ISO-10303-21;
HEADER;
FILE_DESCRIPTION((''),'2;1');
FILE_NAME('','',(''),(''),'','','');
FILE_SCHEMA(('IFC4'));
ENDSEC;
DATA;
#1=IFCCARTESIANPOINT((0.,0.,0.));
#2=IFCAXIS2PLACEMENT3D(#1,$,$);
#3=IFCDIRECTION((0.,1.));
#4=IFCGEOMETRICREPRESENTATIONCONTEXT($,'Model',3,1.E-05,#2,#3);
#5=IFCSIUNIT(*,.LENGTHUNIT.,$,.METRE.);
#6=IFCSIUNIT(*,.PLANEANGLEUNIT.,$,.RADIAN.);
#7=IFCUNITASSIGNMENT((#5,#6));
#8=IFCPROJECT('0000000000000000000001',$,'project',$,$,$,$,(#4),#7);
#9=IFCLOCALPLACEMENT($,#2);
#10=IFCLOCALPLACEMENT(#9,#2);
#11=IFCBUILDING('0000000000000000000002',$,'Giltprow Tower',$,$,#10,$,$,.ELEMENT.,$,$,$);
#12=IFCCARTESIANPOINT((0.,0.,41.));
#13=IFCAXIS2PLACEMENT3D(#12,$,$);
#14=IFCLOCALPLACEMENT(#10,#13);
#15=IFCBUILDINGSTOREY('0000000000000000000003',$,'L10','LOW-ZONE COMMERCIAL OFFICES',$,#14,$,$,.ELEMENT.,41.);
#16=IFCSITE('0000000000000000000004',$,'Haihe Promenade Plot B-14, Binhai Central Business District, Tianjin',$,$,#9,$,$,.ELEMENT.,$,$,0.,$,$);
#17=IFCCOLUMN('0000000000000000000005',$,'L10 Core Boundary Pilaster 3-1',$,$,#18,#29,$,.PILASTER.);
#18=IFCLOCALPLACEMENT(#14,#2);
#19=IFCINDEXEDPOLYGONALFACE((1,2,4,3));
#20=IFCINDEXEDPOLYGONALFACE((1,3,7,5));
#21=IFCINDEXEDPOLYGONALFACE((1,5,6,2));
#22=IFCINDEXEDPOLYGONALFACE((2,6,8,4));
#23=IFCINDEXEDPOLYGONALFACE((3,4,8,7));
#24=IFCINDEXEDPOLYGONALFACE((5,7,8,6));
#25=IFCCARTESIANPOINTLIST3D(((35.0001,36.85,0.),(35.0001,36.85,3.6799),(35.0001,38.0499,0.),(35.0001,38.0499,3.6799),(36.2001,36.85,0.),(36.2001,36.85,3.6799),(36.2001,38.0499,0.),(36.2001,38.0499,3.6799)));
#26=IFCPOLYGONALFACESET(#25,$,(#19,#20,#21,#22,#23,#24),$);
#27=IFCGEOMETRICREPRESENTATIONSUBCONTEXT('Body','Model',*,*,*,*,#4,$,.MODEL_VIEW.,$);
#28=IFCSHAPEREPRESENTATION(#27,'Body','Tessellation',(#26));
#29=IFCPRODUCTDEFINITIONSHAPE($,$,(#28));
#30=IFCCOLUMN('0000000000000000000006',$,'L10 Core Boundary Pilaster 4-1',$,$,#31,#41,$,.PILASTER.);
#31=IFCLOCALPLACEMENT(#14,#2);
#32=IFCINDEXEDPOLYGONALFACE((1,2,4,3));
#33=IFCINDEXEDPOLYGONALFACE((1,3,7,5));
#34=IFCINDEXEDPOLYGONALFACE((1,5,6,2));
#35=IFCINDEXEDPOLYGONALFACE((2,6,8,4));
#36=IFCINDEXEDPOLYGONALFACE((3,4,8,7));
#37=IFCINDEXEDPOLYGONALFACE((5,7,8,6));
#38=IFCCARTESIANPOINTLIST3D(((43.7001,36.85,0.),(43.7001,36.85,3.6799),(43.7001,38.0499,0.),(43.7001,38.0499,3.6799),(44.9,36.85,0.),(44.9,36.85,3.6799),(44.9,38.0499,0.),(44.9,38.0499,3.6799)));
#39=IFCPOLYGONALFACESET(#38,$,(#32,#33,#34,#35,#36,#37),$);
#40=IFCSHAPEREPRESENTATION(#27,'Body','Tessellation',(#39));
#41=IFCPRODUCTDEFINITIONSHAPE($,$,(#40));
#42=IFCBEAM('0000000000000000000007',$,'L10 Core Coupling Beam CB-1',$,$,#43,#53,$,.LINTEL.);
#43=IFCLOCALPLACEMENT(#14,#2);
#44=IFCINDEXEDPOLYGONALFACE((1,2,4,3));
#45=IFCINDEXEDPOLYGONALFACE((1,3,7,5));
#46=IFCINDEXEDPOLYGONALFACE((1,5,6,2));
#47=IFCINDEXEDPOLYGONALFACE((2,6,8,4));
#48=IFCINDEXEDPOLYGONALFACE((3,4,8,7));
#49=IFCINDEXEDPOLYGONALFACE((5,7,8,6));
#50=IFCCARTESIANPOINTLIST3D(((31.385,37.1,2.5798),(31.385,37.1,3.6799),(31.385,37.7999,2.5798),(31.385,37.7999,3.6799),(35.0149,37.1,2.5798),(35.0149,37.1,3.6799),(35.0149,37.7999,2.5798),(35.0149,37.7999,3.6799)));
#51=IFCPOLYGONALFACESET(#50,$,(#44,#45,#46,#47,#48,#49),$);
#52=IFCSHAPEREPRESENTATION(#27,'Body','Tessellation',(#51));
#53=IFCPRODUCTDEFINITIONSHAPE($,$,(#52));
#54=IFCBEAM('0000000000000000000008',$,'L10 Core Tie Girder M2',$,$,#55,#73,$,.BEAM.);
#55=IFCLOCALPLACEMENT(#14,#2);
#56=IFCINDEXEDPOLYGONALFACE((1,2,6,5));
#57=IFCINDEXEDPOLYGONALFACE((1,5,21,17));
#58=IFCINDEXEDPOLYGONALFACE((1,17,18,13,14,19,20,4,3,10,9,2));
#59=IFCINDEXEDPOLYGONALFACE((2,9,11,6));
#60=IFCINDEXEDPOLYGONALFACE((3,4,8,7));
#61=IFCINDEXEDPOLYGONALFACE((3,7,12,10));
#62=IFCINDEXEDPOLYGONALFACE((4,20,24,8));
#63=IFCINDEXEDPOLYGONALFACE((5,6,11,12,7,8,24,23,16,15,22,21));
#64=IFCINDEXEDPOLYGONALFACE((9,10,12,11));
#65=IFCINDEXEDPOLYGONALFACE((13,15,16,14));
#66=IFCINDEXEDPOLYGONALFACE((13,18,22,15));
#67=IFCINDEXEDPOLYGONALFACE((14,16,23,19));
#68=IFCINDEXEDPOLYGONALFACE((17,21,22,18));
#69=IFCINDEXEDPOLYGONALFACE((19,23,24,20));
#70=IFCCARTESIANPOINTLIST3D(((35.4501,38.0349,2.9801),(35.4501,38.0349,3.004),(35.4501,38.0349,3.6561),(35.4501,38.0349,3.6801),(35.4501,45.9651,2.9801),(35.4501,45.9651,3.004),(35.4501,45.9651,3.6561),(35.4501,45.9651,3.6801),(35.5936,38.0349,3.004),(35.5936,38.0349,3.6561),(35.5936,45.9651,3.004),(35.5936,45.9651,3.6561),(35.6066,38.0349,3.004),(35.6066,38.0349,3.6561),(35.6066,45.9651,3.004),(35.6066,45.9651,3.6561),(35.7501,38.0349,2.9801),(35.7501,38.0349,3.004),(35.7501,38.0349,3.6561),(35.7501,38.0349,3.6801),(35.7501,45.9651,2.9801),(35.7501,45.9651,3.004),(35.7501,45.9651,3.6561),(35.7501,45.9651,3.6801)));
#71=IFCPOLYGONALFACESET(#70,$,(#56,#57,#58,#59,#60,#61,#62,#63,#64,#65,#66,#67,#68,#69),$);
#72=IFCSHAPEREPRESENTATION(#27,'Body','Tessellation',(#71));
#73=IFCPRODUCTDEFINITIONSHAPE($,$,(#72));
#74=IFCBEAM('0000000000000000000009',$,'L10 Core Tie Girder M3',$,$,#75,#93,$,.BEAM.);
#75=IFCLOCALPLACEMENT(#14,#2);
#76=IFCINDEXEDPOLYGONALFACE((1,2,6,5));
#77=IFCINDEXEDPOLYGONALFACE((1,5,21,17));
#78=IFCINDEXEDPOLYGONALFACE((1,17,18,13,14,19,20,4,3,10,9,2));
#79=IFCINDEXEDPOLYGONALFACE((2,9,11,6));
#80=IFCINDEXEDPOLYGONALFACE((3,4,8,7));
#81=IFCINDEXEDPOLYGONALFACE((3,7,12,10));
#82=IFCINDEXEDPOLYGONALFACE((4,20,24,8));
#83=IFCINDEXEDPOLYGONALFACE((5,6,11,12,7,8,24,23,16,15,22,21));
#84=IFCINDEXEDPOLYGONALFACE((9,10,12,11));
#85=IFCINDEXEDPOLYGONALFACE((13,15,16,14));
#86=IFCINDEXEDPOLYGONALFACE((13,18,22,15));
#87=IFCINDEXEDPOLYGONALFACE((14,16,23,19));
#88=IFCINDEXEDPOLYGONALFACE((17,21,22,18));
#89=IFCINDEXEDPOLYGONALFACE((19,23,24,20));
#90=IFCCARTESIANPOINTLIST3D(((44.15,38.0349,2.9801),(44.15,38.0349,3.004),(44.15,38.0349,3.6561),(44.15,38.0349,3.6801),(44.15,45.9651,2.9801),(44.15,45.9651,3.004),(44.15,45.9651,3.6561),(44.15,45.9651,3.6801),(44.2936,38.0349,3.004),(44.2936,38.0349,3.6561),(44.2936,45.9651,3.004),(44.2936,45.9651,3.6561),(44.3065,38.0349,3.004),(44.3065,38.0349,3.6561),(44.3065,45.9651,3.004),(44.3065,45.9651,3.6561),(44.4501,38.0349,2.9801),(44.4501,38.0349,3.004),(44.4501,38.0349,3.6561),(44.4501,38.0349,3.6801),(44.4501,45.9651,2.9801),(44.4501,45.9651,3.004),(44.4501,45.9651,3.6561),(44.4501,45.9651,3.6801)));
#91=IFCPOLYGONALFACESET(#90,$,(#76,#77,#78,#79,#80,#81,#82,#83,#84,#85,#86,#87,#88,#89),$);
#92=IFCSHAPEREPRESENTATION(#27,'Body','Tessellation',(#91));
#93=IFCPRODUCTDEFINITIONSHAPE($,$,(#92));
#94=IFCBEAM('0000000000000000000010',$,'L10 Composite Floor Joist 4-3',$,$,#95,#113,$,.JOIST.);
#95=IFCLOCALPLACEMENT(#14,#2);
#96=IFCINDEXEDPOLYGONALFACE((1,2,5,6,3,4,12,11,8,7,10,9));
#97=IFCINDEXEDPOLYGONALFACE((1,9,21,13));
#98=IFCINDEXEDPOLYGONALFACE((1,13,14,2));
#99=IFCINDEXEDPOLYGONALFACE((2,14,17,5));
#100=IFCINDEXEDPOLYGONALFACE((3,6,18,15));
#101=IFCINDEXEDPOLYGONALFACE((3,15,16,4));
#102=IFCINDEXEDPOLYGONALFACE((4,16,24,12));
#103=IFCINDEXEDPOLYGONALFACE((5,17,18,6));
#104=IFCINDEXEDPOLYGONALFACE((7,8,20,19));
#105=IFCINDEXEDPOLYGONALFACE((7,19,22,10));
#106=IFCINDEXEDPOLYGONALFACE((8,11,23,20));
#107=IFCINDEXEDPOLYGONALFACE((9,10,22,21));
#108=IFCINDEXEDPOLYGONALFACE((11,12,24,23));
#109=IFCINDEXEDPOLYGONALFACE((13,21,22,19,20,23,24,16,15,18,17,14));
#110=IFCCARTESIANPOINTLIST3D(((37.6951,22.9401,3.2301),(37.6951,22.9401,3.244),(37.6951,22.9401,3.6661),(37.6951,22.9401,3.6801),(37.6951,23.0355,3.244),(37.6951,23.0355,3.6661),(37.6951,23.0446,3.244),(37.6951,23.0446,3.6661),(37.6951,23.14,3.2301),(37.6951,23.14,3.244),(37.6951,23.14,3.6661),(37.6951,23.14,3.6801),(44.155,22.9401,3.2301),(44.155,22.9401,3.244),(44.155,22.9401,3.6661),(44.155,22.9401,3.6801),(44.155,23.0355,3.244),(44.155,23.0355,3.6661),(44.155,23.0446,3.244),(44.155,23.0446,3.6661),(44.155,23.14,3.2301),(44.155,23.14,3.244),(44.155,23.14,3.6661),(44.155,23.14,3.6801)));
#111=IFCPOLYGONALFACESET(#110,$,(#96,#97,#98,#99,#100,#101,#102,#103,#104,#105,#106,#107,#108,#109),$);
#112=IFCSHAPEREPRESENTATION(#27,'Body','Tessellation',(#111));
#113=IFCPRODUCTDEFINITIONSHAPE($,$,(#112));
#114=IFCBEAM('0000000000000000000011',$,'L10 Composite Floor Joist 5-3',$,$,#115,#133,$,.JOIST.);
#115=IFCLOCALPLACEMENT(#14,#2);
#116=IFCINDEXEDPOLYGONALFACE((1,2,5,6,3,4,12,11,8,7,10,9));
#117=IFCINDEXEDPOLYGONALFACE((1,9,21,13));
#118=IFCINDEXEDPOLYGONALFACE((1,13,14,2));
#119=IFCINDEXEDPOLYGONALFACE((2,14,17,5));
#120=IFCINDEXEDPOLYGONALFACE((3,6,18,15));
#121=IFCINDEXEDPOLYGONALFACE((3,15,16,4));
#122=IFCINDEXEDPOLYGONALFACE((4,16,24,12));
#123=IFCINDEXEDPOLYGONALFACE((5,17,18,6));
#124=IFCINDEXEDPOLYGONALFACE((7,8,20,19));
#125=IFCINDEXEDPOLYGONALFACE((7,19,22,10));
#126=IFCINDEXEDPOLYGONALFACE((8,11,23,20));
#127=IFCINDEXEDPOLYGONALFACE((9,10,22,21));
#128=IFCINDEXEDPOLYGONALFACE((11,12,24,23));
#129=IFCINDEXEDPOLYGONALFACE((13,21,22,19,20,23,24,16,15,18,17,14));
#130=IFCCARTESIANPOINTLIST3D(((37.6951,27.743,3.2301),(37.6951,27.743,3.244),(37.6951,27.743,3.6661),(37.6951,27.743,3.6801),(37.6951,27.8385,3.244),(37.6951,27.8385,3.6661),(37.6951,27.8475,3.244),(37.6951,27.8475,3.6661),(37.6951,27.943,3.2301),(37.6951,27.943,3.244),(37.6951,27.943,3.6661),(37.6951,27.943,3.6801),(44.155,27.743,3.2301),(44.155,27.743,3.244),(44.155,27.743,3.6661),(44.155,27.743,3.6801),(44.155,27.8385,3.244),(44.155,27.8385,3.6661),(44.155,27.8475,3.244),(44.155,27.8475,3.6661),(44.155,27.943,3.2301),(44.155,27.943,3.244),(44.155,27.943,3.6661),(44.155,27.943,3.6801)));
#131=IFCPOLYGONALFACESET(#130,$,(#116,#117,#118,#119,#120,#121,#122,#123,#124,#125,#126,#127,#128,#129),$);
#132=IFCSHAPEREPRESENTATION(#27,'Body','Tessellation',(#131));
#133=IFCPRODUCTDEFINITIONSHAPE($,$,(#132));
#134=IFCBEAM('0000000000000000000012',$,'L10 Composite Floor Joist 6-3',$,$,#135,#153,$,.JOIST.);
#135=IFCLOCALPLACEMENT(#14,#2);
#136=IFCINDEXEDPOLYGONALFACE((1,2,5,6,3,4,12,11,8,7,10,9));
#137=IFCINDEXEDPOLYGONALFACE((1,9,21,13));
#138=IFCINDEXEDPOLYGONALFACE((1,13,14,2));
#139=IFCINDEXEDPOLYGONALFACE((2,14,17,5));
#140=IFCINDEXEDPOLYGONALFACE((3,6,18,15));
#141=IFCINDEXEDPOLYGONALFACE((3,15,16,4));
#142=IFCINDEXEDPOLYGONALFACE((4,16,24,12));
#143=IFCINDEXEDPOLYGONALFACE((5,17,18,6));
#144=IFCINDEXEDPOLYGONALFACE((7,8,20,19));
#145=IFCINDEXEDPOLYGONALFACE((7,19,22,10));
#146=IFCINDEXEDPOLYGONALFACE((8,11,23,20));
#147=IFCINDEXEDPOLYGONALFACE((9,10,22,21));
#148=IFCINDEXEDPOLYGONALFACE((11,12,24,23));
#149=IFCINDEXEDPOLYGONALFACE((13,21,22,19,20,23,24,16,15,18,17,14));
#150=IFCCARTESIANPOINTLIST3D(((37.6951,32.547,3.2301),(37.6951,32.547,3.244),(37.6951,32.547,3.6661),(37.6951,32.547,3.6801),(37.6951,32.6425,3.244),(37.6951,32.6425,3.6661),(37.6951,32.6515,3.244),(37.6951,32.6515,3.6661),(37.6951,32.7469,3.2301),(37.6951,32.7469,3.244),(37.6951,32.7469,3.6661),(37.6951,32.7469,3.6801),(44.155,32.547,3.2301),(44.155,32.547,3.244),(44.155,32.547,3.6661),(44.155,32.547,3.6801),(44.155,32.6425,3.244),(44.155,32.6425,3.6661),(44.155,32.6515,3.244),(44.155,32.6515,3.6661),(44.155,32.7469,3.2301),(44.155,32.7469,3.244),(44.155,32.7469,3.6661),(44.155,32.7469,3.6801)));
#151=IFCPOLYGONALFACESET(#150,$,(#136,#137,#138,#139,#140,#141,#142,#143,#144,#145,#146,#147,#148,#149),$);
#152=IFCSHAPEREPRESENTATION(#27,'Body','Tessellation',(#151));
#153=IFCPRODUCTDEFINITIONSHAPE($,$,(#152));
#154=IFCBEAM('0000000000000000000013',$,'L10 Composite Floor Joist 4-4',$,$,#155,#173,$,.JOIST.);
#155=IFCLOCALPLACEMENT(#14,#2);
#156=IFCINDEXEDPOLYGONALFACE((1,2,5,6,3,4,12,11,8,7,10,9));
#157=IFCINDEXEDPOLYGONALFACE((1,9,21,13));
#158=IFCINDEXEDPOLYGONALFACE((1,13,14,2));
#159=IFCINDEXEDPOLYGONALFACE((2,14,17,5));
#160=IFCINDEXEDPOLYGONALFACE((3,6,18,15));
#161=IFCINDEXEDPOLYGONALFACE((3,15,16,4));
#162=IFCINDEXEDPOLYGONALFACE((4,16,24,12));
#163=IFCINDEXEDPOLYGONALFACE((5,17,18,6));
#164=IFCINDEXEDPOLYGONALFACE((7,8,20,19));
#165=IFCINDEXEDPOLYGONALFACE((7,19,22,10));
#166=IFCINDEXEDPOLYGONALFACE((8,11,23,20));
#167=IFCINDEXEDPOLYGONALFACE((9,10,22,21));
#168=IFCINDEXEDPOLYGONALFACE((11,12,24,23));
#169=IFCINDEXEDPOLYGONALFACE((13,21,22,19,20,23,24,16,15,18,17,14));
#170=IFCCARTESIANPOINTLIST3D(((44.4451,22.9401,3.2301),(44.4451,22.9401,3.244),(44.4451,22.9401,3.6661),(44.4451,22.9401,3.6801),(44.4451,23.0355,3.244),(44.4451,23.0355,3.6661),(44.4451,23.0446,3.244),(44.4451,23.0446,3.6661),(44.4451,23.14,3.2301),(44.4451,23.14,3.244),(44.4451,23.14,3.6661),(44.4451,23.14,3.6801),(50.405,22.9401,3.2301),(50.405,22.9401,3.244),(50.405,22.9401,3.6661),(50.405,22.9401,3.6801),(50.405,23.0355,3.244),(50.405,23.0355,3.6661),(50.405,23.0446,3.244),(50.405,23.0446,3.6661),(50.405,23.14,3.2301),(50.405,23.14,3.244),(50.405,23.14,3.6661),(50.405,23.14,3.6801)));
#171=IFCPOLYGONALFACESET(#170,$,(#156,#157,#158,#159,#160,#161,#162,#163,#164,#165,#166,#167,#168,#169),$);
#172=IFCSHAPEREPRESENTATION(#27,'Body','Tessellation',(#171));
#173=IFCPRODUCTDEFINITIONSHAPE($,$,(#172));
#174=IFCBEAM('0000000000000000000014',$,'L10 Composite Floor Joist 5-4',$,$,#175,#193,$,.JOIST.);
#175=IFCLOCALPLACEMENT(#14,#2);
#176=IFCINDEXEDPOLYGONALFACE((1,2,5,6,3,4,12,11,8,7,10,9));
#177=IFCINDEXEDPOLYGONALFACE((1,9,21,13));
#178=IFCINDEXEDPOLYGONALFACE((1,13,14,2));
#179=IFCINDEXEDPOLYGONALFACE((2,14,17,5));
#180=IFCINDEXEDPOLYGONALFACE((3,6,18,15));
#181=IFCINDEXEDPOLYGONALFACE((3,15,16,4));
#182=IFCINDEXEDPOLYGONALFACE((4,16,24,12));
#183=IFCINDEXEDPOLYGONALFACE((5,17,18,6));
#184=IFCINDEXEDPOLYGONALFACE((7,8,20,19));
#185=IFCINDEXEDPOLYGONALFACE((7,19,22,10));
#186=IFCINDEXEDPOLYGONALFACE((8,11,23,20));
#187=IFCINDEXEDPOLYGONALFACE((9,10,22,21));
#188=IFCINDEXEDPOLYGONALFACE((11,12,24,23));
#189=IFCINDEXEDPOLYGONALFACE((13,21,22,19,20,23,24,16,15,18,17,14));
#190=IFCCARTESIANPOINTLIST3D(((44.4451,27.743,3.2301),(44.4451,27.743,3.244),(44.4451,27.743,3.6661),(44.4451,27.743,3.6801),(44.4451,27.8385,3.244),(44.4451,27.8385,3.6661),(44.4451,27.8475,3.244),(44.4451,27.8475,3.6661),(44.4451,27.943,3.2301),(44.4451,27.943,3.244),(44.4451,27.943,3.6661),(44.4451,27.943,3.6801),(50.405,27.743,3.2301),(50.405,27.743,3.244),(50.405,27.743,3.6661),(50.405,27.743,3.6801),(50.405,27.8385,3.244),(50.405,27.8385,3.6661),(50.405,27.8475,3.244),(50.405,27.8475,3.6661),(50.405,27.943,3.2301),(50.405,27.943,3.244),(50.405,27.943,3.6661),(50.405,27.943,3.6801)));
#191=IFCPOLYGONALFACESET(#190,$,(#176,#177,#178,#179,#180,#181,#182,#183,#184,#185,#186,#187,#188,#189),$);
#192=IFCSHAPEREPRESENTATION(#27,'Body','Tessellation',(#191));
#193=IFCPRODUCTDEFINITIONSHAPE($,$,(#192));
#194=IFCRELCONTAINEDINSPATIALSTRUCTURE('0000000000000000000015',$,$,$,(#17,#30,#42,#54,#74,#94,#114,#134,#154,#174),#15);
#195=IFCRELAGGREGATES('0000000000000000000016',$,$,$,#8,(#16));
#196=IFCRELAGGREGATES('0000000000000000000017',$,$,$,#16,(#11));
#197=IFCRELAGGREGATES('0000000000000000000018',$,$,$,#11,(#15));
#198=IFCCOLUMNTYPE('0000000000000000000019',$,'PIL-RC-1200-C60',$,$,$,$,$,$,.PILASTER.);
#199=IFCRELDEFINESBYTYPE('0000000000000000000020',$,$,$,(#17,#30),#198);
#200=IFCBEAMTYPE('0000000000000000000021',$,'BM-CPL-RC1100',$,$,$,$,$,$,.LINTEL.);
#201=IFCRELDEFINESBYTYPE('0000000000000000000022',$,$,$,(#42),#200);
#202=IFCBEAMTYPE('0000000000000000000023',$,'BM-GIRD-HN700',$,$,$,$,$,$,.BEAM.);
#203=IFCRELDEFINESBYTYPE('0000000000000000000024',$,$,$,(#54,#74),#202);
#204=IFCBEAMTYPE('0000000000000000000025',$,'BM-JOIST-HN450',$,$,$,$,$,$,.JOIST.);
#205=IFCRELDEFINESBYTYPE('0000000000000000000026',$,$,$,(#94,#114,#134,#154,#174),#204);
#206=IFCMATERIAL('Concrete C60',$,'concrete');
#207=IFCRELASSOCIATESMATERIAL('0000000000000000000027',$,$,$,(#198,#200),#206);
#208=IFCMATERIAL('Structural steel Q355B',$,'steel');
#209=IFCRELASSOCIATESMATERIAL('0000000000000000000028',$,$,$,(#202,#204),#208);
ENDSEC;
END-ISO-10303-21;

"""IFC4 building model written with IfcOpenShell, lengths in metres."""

from ifc_helpers import new_model, si_unit, direction, frame, origin, origin_2d, place, context, subcontext, project, spatial, rectangle, i_section, extrude, source, transform, mapped, material, material_profile, profile_set, type_object, element, save


model = new_model("IFC4")

# Units and contexts
model_context = context("Model", 3, precision=1e-05, world=origin(), true_north=direction((0.0, 1.0)))
body_context = subcontext(model_context, "Body", "Model", "MODEL_VIEW")
ifc_project = project(units=[si_unit("LENGTHUNIT", "METRE"), si_unit("PLANEANGLEUNIT", "RADIAN")], contexts=[model_context])

# Site, building, storey
site_placement = place(None, origin())
site = spatial("IfcSite", under=ifc_project, at=site_placement, Name="Haihe Promenade Plot B-14, Binhai Central Business District, Tianjin", CompositionType="ELEMENT", RefElevation=0.0)
building_placement = place(site_placement, origin())
building = spatial("IfcBuilding", under=site, at=building_placement, Name="Giltprow Tower", CompositionType="ELEMENT")
storey_placement = place(building_placement, frame((0.0, 0.0, 41.0)))
storey = spatial("IfcBuildingStorey", under=building, at=storey_placement, Name="L10", Description="LOW-ZONE COMMERCIAL OFFICES", CompositionType="ELEMENT", Elevation=41.0)

# Columns
ifc_material_1 = material(Name="Concrete C60", Category="concrete")
ifc_material_profile_1 = material_profile(ifc_material_1, rectangle(XDim=1.2, YDim=1.2, at=origin_2d()), Name="RC 1200x1200")
ifc_profile_set_1 = profile_set([ifc_material_profile_1], Name="Concrete C60")
column_type = type_object("IfcColumnType", Name="PIL-RC-1200-C60", PredefinedType="PILASTER", material=ifc_profile_set_1)
shared_shape_1 = source(origin(), body_context, "Body", "SweptSolid", [
    extrude(rectangle(XDim=1.2, YDim=1.2, at=origin_2d()), origin(), (0.0, 0.0, 1.0), 3.6799),
])
for number, where, z_axis, x_axis, name in (
    (1, (35.6001, 37.45, 0.0), (0.0, 0.0, 1.0), (1.0, 0.0, 0.0), "L10 Core Boundary Pilaster 3-1"),
    (2, (44.3, 37.45, 0.0), (0.0, 0.0, 1.0), (1.0, 0.0, 0.0), "L10 Core Boundary Pilaster 4-1"),
):
    element("IfcColumn", number, at=place(storey_placement, frame(where, z_axis=z_axis, x_axis=x_axis)), inside=storey, type_object=column_type, Name=name, PredefinedType="PILASTER", context=body_context, shape_type="MappedRepresentation", body=[
        mapped(shared_shape_1, transform((0.0, 0.0, 0.0), x_axis=(1.0, 0.0, 0.0), y_axis=(0.0, 1.0, 0.0), z_axis=(0.0, 0.0, 1.0), scale=1.0)),
    ])

# Beams
ifc_material_profile_2 = material_profile(ifc_material_1, rectangle(XDim=0.7, YDim=1.1001, at=origin_2d()), Name="RC 1100x700")
ifc_profile_set_2 = profile_set([ifc_material_profile_2], Name="Concrete C60")
beam_type_1 = type_object("IfcBeamType", Name="BM-CPL-RC1100", PredefinedType="LINTEL", material=ifc_profile_set_2)
shared_shape_2 = source(origin(), body_context, "Body", "SweptSolid", [
    extrude(rectangle(XDim=0.7, YDim=1.1001, at=origin_2d()), origin(), (0.0, 0.0, 1.0), 3.6299),
])
beam_placement = place(storey_placement, frame((31.385, 37.45, 3.1299), z_axis=(1.0, 0.0, 0.0), x_axis=(0.0, 1.0, 0.0)))
element("IfcBeam", 3, at=beam_placement, inside=storey, type_object=beam_type_1, Name="L10 Core Coupling Beam CB-1", PredefinedType="LINTEL", context=body_context, shape_type="MappedRepresentation", body=[
    mapped(shared_shape_2, transform((0.0, 0.0, 0.0), x_axis=(1.0, 0.0, 0.0), y_axis=(0.0, 1.0, 0.0), z_axis=(0.0, 0.0, 1.0), scale=1.0)),
])
ifc_material_2 = material(Name="Structural steel Q355B", Category="steel")
ifc_material_profile_3 = material_profile(ifc_material_2, i_section(OverallWidth=0.3, OverallDepth=0.7, WebThickness=0.0129, FlangeThickness=0.0239, at=origin_2d()), Name="HN 700x300x13x24")
ifc_profile_set_3 = profile_set([ifc_material_profile_3], Name="Structural steel Q355B")
beam_type_2 = type_object("IfcBeamType", Name="BM-GIRD-HN700", PredefinedType="BEAM", material=ifc_profile_set_3)
shared_shape_3 = source(origin(), body_context, "Body", "SweptSolid", [
    extrude(i_section(OverallWidth=0.3, OverallDepth=0.7, WebThickness=0.0129, FlangeThickness=0.0239, at=origin_2d()), origin(), (0.0, 0.0, 1.0), 7.9302),
])
for number, where, z_axis, x_axis, name in (
    (4, (35.6001, 38.0349, 3.3301), (0.0, 1.0, 0.0), (-1.0, 0.0, 0.0), "L10 Core Tie Girder M2"),
    (5, (44.3, 38.0349, 3.3301), (0.0, 1.0, 0.0), (-1.0, 0.0, 0.0), "L10 Core Tie Girder M3"),
):
    element("IfcBeam", number, at=place(storey_placement, frame(where, z_axis=z_axis, x_axis=x_axis)), inside=storey, type_object=beam_type_2, Name=name, PredefinedType="BEAM", context=body_context, shape_type="MappedRepresentation", body=[
        mapped(shared_shape_3, transform((0.0, 0.0, 0.0), x_axis=(1.0, 0.0, 0.0), y_axis=(0.0, 1.0, 0.0), z_axis=(0.0, 0.0, 1.0), scale=1.0)),
    ])
ifc_material_profile_4 = material_profile(ifc_material_2, i_section(OverallWidth=0.2, OverallDepth=0.45, WebThickness=0.009, FlangeThickness=0.0139, at=origin_2d()), Name="HN 450x200x9x14")
ifc_profile_set_4 = profile_set([ifc_material_profile_4], Name="Structural steel Q355B")
beam_type_3 = type_object("IfcBeamType", Name="BM-JOIST-HN450", PredefinedType="JOIST", material=ifc_profile_set_4)
shared_shape_4 = source(origin(), body_context, "Body", "SweptSolid", [
    extrude(i_section(OverallWidth=0.2, OverallDepth=0.45, WebThickness=0.009, FlangeThickness=0.0139, at=origin_2d()), origin(), (0.0, 0.0, 1.0), 6.46),
])
for number, where, z_axis, x_axis, name in (
    (6, (37.6951, 23.04, 3.4551), (1.0, 0.0, 0.0), (0.0, 1.0, 0.0), "L10 Composite Floor Joist 4-3"),
    (7, (37.6951, 27.843, 3.4551), (1.0, 0.0, 0.0), (0.0, 1.0, 0.0), "L10 Composite Floor Joist 5-3"),
    (8, (37.6951, 32.647, 3.4551), (1.0, 0.0, 0.0), (0.0, 1.0, 0.0), "L10 Composite Floor Joist 6-3"),
):
    element("IfcBeam", number, at=place(storey_placement, frame(where, z_axis=z_axis, x_axis=x_axis)), inside=storey, type_object=beam_type_3, Name=name, PredefinedType="JOIST", context=body_context, shape_type="MappedRepresentation", body=[
        mapped(shared_shape_4, transform((0.0, 0.0, 0.0), x_axis=(1.0, 0.0, 0.0), y_axis=(0.0, 1.0, 0.0), z_axis=(0.0, 0.0, 1.0), scale=1.0)),
    ])
shared_shape_5 = source(origin(), body_context, "Body", "SweptSolid", [
    extrude(i_section(OverallWidth=0.2, OverallDepth=0.45, WebThickness=0.009, FlangeThickness=0.0139, at=origin_2d()), origin(), (0.0, 0.0, 1.0), 5.96),
])
for number, where, z_axis, x_axis, name in (
    (9, (44.4451, 23.04, 3.4551), (1.0, 0.0, 0.0), (0.0, 1.0, 0.0), "L10 Composite Floor Joist 4-4"),
    (10, (44.4451, 27.843, 3.4551), (1.0, 0.0, 0.0), (0.0, 1.0, 0.0), "L10 Composite Floor Joist 5-4"),
):
    element("IfcBeam", number, at=place(storey_placement, frame(where, z_axis=z_axis, x_axis=x_axis)), inside=storey, type_object=beam_type_3, Name=name, PredefinedType="JOIST", context=body_context, shape_type="MappedRepresentation", body=[
        mapped(shared_shape_5, transform((0.0, 0.0, 0.0), x_axis=(1.0, 0.0, 0.0), y_axis=(0.0, 1.0, 0.0), z_axis=(0.0, 0.0, 1.0), scale=1.0)),
    ])

save(model, "model.ifc")
